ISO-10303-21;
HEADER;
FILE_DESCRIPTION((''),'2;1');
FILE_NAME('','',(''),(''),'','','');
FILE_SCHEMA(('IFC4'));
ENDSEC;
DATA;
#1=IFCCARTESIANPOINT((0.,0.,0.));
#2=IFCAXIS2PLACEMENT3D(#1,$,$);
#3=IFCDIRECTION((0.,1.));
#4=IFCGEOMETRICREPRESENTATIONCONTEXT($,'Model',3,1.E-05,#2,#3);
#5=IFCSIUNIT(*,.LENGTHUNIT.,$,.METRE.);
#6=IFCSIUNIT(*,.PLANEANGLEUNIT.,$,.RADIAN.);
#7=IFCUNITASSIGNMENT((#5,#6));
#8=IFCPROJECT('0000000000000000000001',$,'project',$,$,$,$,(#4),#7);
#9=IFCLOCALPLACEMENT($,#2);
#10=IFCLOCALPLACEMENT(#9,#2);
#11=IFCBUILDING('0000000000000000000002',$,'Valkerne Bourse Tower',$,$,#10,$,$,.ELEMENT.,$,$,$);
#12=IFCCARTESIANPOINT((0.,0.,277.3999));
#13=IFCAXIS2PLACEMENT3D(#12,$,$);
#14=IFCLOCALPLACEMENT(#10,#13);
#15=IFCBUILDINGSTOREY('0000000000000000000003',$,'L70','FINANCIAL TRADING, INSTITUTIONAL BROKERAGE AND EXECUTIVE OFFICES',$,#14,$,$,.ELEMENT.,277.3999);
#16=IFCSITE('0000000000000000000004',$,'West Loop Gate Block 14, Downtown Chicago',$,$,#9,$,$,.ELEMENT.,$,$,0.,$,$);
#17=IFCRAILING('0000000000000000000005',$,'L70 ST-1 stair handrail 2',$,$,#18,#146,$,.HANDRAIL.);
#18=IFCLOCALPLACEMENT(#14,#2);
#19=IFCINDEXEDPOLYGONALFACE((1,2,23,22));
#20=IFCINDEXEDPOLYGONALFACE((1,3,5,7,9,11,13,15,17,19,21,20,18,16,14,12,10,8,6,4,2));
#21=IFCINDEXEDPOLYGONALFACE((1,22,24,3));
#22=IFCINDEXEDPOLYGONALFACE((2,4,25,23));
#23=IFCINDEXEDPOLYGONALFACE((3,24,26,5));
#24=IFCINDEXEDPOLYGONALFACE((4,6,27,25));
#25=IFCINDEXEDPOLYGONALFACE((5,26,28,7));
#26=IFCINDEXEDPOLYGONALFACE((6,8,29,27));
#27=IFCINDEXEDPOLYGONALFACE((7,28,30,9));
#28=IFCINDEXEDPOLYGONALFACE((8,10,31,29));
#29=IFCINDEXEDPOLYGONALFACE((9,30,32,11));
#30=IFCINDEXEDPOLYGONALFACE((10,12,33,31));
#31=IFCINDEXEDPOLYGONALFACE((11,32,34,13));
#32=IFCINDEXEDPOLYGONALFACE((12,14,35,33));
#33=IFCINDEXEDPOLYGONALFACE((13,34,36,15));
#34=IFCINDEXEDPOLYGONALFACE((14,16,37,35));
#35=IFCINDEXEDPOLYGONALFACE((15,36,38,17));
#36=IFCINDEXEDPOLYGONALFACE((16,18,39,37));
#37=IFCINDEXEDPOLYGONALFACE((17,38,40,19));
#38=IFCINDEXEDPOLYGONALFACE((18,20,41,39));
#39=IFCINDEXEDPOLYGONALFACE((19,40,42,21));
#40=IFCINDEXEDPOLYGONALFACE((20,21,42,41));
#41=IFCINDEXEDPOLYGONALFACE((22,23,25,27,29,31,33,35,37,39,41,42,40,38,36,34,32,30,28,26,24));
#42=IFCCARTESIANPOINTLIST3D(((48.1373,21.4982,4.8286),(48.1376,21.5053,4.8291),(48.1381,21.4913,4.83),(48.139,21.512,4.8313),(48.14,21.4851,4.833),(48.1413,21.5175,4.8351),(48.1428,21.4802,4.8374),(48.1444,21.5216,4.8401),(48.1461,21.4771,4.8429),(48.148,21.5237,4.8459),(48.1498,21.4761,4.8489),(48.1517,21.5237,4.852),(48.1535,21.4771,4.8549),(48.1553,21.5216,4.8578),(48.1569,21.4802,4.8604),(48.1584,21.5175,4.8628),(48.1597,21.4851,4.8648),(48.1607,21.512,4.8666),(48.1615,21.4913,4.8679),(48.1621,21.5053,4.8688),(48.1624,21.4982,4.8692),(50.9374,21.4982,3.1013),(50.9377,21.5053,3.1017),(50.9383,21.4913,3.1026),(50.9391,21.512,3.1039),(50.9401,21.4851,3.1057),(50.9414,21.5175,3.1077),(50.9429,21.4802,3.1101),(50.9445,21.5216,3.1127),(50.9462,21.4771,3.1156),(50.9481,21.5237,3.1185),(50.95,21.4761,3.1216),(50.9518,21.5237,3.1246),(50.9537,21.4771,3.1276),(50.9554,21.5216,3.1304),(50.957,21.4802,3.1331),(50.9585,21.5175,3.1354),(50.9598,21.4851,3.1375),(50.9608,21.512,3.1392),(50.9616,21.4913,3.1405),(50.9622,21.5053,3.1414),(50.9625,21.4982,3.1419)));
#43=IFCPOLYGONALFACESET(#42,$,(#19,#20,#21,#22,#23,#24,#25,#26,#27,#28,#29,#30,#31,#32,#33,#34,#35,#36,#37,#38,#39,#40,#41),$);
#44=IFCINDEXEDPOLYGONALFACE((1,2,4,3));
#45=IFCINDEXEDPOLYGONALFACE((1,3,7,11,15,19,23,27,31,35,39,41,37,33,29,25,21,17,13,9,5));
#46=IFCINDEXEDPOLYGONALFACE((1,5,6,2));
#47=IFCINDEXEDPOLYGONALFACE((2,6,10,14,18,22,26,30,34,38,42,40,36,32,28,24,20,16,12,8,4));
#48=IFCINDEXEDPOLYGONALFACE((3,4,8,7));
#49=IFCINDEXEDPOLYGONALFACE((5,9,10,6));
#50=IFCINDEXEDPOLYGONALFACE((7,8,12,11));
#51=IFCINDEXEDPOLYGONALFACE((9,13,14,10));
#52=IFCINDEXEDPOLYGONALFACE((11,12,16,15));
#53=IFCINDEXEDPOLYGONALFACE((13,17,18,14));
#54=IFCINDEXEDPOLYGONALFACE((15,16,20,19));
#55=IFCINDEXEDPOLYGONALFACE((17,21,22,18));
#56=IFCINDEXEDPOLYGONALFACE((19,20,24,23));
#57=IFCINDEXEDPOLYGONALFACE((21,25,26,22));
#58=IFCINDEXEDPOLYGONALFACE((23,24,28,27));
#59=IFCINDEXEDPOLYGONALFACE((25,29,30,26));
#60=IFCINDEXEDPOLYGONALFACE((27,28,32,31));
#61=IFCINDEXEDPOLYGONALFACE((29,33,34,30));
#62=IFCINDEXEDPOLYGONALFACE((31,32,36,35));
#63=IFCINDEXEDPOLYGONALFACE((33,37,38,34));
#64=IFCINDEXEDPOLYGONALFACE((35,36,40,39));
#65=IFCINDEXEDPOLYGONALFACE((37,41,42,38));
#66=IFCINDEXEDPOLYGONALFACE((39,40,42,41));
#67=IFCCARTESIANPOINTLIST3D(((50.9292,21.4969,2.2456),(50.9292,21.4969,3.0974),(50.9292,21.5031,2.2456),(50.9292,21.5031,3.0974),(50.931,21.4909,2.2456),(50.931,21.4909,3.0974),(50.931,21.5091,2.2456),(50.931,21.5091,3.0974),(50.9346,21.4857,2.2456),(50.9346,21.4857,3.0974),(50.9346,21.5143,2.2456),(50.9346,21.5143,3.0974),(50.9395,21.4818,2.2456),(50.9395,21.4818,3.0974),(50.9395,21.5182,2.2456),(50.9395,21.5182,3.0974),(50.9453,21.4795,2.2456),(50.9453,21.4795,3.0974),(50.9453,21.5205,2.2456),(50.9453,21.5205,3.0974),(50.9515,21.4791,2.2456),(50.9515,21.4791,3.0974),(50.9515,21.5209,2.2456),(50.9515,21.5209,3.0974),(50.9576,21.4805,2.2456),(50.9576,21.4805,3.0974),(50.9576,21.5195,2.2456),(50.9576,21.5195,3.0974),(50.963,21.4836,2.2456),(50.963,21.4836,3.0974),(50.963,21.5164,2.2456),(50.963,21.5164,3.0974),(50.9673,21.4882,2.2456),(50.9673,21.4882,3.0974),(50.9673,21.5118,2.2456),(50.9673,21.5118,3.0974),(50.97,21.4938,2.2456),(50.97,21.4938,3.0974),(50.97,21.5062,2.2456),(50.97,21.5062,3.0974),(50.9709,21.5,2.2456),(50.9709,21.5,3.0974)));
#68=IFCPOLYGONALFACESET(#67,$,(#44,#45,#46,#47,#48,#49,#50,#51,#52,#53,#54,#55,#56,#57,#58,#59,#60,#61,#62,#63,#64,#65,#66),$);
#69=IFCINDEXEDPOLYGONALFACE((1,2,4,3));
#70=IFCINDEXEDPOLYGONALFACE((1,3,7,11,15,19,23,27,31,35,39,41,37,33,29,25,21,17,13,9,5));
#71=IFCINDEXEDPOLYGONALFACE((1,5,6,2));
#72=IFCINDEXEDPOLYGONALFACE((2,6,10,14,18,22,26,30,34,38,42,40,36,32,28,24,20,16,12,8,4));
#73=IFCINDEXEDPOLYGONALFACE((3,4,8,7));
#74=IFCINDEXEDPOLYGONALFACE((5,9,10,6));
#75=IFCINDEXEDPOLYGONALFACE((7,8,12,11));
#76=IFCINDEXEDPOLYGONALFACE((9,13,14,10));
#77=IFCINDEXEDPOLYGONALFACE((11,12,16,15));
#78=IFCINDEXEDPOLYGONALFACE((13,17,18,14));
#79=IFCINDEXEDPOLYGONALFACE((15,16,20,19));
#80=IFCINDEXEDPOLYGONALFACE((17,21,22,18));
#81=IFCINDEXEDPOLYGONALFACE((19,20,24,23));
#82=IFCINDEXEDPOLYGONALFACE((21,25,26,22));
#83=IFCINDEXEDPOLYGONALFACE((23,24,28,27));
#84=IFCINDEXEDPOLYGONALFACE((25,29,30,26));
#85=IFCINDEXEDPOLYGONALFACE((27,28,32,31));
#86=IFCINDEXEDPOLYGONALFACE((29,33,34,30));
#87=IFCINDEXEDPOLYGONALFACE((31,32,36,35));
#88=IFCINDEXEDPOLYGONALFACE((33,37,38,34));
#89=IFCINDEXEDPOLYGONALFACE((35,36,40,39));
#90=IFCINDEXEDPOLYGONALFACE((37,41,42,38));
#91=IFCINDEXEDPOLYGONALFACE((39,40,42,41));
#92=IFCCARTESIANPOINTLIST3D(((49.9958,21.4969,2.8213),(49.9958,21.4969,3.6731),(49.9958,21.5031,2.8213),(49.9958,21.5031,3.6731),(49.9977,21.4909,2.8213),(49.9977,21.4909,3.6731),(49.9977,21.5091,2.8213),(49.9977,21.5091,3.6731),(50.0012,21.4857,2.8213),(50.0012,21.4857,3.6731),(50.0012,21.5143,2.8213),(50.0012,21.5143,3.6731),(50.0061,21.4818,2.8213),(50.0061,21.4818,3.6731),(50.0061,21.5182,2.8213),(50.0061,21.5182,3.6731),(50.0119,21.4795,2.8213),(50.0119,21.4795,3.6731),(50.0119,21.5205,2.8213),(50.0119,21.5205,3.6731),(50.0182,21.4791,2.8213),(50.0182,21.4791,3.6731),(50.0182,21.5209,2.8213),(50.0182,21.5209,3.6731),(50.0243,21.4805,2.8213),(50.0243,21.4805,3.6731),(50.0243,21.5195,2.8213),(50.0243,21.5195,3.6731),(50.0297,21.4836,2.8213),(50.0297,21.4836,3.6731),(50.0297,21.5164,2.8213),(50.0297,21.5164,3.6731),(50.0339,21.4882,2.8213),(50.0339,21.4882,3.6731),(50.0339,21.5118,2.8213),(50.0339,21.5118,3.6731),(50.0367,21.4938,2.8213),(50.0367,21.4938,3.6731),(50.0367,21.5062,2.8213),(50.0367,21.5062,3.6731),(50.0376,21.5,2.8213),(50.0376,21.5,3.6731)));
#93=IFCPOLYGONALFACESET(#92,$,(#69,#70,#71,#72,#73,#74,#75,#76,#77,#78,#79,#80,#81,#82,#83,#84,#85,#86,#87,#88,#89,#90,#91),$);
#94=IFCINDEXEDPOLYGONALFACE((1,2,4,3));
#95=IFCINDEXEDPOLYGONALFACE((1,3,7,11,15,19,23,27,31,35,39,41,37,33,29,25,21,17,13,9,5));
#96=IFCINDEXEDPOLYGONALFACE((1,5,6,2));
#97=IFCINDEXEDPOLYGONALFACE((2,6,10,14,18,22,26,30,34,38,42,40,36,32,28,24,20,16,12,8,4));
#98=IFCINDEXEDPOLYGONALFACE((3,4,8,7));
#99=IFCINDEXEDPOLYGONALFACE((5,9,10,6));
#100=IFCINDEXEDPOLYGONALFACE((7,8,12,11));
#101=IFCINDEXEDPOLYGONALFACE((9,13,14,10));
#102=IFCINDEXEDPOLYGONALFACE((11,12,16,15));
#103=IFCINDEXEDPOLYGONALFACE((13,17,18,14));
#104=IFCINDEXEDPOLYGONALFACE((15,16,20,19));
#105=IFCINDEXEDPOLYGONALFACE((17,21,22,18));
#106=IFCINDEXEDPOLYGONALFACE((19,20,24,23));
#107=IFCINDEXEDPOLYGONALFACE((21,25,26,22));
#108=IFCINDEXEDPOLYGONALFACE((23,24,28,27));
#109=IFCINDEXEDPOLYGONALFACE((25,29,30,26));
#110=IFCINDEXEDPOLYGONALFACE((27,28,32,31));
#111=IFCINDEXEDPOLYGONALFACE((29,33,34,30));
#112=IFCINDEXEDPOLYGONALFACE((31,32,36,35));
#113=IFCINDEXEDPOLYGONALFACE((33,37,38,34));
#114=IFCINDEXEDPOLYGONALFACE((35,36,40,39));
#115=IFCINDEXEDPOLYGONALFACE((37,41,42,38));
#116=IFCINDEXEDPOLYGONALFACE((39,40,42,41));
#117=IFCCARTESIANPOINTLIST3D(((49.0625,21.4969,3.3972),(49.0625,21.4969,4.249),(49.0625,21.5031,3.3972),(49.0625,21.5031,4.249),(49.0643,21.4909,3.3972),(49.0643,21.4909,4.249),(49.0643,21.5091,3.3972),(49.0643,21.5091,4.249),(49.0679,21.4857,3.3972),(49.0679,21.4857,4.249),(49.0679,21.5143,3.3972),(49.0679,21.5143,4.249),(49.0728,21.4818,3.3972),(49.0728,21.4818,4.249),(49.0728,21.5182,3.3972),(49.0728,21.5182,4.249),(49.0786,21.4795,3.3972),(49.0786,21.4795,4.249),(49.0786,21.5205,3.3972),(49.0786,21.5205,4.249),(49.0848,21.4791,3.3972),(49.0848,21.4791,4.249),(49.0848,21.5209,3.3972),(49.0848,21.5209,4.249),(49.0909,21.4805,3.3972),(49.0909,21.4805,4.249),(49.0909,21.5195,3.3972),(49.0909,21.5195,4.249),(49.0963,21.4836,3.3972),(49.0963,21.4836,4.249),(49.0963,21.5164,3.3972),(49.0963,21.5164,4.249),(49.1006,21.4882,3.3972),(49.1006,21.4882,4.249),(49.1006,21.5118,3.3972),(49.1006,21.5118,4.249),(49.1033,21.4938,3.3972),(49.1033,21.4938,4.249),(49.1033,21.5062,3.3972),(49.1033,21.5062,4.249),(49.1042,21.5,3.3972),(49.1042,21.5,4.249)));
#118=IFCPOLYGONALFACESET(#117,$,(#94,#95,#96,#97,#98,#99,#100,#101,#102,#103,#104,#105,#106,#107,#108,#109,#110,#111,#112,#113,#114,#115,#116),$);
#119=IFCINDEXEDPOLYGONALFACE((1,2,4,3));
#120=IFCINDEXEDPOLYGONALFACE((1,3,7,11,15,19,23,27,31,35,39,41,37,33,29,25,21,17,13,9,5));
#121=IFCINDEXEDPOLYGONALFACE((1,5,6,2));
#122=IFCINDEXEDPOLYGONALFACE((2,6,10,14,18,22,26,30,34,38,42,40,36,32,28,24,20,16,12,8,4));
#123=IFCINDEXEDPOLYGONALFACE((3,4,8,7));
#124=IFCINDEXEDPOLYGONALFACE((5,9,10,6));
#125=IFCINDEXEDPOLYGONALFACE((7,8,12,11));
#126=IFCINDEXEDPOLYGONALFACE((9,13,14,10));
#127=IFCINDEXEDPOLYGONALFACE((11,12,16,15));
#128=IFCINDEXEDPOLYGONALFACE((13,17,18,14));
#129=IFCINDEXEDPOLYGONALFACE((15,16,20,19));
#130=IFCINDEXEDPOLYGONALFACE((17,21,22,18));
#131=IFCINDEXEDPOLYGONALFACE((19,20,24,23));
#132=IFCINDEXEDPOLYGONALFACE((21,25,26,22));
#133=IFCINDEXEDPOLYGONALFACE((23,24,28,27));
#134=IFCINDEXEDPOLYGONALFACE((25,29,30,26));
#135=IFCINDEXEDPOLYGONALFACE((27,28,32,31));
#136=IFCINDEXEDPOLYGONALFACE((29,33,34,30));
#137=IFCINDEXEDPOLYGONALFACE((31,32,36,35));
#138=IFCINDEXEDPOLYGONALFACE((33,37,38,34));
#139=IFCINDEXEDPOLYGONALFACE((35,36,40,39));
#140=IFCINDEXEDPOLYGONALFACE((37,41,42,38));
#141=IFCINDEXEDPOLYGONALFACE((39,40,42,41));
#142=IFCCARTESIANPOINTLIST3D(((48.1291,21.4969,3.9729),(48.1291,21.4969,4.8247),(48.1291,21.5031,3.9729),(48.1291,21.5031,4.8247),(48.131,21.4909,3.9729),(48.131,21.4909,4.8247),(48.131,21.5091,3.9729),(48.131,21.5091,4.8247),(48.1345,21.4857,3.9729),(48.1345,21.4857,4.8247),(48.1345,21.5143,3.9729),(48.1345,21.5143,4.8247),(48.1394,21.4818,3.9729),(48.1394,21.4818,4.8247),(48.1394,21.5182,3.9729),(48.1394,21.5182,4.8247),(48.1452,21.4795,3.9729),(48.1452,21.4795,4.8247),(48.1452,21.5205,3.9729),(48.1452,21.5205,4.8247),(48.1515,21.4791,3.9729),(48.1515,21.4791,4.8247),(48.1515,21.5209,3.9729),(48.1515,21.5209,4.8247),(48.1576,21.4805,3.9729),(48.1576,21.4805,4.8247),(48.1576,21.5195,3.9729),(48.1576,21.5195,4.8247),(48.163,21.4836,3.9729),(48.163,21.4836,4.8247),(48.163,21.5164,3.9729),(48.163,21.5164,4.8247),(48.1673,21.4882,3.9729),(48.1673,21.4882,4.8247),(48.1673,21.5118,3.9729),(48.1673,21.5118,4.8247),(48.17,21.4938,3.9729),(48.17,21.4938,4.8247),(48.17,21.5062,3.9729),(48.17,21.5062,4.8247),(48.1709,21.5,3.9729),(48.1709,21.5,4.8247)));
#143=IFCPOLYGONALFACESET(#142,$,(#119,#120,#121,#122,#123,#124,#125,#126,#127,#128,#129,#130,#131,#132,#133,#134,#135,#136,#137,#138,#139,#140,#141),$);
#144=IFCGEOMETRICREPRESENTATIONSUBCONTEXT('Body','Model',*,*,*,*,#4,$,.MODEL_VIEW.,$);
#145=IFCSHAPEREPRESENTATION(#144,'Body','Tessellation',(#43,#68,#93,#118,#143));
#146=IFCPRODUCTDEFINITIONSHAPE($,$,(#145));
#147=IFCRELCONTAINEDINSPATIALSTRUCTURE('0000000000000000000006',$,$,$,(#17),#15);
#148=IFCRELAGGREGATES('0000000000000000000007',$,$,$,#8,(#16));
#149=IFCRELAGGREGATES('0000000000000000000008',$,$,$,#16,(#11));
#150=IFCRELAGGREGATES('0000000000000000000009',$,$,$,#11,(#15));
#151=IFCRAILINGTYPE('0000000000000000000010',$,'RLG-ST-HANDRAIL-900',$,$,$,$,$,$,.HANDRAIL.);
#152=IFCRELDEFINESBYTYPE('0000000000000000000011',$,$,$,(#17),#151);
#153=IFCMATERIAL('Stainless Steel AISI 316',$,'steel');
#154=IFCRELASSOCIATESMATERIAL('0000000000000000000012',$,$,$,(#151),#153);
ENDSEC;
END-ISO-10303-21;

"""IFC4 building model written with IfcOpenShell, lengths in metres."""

from ifc_helpers import new_model, si_unit, direction, frame, origin, origin_2d, place, context, subcontext, project, spatial, circle, extrude, material, type_object, element, save


model = new_model("IFC4")

# Units and contexts
model_context = context("Model", 3, precision=1e-05, world=origin(), true_north=direction((0.0, 1.0)))
body_context = subcontext(model_context, "Body", "Model", "MODEL_VIEW")
ifc_project = project(units=[si_unit("LENGTHUNIT", "METRE"), si_unit("PLANEANGLEUNIT", "RADIAN")], contexts=[model_context])

# Site, building, storey
site_placement = place(None, origin())
site = spatial("IfcSite", under=ifc_project, at=site_placement, Name="West Loop Gate Block 14, Downtown Chicago", CompositionType="ELEMENT", RefElevation=0.0)
building_placement = place(site_placement, origin())
building = spatial("IfcBuilding", under=site, at=building_placement, Name="Valkerne Bourse Tower", CompositionType="ELEMENT")
storey_placement = place(building_placement, frame((0.0, 0.0, 277.3999)))
storey = spatial("IfcBuildingStorey", under=building, at=storey_placement, Name="L70", Description="FINANCIAL TRADING, INSTITUTIONAL BROKERAGE AND EXECUTIVE OFFICES", CompositionType="ELEMENT", Elevation=277.3999)

# Shared definitions
ifc_material_1 = material(Name="Stainless Steel AISI 316", Category="steel")

# Railing
railing_type_1 = type_object("IfcRailingType", Name="RLG-ST-HANDRAIL-900", PredefinedType="HANDRAIL", material=ifc_material_1)
railing_1_placement = place(storey_placement, frame((50.95, 21.5, 2.2456)))
element("IfcRailing", 1, at=railing_1_placement, inside=storey, type_object=railing_type_1, Name="L70 ST-1 stair handrail 2", PredefinedType="HANDRAIL", context=body_context, shape_type="SweptSolid", body=[
    extrude(circle(Radius=0.0239, at=origin_2d()), frame((0.0, 0.0, 0.876), z_axis=(-0.85109, 0.0, 0.52502), x_axis=(0.0, -1.0, 0.0)), (0.0, 0.0, 1.0), 3.29),
    extrude(circle(Radius=0.021, at=origin_2d()), origin(), (0.0, 0.0, 1.0), 0.8518),
    extrude(circle(Radius=0.021, at=origin_2d()), frame((-0.9333, 0.0, 0.5757)), (0.0, 0.0, 1.0), 0.8518),
    extrude(circle(Radius=0.021, at=origin_2d()), frame((-1.8667, 0.0, 1.1516)), (0.0, 0.0, 1.0), 0.8518),
    extrude(circle(Radius=0.021, at=origin_2d()), frame((-2.8, 0.0, 1.7273)), (0.0, 0.0, 1.0), 0.8518),
])

save(model, "model.ifc")
